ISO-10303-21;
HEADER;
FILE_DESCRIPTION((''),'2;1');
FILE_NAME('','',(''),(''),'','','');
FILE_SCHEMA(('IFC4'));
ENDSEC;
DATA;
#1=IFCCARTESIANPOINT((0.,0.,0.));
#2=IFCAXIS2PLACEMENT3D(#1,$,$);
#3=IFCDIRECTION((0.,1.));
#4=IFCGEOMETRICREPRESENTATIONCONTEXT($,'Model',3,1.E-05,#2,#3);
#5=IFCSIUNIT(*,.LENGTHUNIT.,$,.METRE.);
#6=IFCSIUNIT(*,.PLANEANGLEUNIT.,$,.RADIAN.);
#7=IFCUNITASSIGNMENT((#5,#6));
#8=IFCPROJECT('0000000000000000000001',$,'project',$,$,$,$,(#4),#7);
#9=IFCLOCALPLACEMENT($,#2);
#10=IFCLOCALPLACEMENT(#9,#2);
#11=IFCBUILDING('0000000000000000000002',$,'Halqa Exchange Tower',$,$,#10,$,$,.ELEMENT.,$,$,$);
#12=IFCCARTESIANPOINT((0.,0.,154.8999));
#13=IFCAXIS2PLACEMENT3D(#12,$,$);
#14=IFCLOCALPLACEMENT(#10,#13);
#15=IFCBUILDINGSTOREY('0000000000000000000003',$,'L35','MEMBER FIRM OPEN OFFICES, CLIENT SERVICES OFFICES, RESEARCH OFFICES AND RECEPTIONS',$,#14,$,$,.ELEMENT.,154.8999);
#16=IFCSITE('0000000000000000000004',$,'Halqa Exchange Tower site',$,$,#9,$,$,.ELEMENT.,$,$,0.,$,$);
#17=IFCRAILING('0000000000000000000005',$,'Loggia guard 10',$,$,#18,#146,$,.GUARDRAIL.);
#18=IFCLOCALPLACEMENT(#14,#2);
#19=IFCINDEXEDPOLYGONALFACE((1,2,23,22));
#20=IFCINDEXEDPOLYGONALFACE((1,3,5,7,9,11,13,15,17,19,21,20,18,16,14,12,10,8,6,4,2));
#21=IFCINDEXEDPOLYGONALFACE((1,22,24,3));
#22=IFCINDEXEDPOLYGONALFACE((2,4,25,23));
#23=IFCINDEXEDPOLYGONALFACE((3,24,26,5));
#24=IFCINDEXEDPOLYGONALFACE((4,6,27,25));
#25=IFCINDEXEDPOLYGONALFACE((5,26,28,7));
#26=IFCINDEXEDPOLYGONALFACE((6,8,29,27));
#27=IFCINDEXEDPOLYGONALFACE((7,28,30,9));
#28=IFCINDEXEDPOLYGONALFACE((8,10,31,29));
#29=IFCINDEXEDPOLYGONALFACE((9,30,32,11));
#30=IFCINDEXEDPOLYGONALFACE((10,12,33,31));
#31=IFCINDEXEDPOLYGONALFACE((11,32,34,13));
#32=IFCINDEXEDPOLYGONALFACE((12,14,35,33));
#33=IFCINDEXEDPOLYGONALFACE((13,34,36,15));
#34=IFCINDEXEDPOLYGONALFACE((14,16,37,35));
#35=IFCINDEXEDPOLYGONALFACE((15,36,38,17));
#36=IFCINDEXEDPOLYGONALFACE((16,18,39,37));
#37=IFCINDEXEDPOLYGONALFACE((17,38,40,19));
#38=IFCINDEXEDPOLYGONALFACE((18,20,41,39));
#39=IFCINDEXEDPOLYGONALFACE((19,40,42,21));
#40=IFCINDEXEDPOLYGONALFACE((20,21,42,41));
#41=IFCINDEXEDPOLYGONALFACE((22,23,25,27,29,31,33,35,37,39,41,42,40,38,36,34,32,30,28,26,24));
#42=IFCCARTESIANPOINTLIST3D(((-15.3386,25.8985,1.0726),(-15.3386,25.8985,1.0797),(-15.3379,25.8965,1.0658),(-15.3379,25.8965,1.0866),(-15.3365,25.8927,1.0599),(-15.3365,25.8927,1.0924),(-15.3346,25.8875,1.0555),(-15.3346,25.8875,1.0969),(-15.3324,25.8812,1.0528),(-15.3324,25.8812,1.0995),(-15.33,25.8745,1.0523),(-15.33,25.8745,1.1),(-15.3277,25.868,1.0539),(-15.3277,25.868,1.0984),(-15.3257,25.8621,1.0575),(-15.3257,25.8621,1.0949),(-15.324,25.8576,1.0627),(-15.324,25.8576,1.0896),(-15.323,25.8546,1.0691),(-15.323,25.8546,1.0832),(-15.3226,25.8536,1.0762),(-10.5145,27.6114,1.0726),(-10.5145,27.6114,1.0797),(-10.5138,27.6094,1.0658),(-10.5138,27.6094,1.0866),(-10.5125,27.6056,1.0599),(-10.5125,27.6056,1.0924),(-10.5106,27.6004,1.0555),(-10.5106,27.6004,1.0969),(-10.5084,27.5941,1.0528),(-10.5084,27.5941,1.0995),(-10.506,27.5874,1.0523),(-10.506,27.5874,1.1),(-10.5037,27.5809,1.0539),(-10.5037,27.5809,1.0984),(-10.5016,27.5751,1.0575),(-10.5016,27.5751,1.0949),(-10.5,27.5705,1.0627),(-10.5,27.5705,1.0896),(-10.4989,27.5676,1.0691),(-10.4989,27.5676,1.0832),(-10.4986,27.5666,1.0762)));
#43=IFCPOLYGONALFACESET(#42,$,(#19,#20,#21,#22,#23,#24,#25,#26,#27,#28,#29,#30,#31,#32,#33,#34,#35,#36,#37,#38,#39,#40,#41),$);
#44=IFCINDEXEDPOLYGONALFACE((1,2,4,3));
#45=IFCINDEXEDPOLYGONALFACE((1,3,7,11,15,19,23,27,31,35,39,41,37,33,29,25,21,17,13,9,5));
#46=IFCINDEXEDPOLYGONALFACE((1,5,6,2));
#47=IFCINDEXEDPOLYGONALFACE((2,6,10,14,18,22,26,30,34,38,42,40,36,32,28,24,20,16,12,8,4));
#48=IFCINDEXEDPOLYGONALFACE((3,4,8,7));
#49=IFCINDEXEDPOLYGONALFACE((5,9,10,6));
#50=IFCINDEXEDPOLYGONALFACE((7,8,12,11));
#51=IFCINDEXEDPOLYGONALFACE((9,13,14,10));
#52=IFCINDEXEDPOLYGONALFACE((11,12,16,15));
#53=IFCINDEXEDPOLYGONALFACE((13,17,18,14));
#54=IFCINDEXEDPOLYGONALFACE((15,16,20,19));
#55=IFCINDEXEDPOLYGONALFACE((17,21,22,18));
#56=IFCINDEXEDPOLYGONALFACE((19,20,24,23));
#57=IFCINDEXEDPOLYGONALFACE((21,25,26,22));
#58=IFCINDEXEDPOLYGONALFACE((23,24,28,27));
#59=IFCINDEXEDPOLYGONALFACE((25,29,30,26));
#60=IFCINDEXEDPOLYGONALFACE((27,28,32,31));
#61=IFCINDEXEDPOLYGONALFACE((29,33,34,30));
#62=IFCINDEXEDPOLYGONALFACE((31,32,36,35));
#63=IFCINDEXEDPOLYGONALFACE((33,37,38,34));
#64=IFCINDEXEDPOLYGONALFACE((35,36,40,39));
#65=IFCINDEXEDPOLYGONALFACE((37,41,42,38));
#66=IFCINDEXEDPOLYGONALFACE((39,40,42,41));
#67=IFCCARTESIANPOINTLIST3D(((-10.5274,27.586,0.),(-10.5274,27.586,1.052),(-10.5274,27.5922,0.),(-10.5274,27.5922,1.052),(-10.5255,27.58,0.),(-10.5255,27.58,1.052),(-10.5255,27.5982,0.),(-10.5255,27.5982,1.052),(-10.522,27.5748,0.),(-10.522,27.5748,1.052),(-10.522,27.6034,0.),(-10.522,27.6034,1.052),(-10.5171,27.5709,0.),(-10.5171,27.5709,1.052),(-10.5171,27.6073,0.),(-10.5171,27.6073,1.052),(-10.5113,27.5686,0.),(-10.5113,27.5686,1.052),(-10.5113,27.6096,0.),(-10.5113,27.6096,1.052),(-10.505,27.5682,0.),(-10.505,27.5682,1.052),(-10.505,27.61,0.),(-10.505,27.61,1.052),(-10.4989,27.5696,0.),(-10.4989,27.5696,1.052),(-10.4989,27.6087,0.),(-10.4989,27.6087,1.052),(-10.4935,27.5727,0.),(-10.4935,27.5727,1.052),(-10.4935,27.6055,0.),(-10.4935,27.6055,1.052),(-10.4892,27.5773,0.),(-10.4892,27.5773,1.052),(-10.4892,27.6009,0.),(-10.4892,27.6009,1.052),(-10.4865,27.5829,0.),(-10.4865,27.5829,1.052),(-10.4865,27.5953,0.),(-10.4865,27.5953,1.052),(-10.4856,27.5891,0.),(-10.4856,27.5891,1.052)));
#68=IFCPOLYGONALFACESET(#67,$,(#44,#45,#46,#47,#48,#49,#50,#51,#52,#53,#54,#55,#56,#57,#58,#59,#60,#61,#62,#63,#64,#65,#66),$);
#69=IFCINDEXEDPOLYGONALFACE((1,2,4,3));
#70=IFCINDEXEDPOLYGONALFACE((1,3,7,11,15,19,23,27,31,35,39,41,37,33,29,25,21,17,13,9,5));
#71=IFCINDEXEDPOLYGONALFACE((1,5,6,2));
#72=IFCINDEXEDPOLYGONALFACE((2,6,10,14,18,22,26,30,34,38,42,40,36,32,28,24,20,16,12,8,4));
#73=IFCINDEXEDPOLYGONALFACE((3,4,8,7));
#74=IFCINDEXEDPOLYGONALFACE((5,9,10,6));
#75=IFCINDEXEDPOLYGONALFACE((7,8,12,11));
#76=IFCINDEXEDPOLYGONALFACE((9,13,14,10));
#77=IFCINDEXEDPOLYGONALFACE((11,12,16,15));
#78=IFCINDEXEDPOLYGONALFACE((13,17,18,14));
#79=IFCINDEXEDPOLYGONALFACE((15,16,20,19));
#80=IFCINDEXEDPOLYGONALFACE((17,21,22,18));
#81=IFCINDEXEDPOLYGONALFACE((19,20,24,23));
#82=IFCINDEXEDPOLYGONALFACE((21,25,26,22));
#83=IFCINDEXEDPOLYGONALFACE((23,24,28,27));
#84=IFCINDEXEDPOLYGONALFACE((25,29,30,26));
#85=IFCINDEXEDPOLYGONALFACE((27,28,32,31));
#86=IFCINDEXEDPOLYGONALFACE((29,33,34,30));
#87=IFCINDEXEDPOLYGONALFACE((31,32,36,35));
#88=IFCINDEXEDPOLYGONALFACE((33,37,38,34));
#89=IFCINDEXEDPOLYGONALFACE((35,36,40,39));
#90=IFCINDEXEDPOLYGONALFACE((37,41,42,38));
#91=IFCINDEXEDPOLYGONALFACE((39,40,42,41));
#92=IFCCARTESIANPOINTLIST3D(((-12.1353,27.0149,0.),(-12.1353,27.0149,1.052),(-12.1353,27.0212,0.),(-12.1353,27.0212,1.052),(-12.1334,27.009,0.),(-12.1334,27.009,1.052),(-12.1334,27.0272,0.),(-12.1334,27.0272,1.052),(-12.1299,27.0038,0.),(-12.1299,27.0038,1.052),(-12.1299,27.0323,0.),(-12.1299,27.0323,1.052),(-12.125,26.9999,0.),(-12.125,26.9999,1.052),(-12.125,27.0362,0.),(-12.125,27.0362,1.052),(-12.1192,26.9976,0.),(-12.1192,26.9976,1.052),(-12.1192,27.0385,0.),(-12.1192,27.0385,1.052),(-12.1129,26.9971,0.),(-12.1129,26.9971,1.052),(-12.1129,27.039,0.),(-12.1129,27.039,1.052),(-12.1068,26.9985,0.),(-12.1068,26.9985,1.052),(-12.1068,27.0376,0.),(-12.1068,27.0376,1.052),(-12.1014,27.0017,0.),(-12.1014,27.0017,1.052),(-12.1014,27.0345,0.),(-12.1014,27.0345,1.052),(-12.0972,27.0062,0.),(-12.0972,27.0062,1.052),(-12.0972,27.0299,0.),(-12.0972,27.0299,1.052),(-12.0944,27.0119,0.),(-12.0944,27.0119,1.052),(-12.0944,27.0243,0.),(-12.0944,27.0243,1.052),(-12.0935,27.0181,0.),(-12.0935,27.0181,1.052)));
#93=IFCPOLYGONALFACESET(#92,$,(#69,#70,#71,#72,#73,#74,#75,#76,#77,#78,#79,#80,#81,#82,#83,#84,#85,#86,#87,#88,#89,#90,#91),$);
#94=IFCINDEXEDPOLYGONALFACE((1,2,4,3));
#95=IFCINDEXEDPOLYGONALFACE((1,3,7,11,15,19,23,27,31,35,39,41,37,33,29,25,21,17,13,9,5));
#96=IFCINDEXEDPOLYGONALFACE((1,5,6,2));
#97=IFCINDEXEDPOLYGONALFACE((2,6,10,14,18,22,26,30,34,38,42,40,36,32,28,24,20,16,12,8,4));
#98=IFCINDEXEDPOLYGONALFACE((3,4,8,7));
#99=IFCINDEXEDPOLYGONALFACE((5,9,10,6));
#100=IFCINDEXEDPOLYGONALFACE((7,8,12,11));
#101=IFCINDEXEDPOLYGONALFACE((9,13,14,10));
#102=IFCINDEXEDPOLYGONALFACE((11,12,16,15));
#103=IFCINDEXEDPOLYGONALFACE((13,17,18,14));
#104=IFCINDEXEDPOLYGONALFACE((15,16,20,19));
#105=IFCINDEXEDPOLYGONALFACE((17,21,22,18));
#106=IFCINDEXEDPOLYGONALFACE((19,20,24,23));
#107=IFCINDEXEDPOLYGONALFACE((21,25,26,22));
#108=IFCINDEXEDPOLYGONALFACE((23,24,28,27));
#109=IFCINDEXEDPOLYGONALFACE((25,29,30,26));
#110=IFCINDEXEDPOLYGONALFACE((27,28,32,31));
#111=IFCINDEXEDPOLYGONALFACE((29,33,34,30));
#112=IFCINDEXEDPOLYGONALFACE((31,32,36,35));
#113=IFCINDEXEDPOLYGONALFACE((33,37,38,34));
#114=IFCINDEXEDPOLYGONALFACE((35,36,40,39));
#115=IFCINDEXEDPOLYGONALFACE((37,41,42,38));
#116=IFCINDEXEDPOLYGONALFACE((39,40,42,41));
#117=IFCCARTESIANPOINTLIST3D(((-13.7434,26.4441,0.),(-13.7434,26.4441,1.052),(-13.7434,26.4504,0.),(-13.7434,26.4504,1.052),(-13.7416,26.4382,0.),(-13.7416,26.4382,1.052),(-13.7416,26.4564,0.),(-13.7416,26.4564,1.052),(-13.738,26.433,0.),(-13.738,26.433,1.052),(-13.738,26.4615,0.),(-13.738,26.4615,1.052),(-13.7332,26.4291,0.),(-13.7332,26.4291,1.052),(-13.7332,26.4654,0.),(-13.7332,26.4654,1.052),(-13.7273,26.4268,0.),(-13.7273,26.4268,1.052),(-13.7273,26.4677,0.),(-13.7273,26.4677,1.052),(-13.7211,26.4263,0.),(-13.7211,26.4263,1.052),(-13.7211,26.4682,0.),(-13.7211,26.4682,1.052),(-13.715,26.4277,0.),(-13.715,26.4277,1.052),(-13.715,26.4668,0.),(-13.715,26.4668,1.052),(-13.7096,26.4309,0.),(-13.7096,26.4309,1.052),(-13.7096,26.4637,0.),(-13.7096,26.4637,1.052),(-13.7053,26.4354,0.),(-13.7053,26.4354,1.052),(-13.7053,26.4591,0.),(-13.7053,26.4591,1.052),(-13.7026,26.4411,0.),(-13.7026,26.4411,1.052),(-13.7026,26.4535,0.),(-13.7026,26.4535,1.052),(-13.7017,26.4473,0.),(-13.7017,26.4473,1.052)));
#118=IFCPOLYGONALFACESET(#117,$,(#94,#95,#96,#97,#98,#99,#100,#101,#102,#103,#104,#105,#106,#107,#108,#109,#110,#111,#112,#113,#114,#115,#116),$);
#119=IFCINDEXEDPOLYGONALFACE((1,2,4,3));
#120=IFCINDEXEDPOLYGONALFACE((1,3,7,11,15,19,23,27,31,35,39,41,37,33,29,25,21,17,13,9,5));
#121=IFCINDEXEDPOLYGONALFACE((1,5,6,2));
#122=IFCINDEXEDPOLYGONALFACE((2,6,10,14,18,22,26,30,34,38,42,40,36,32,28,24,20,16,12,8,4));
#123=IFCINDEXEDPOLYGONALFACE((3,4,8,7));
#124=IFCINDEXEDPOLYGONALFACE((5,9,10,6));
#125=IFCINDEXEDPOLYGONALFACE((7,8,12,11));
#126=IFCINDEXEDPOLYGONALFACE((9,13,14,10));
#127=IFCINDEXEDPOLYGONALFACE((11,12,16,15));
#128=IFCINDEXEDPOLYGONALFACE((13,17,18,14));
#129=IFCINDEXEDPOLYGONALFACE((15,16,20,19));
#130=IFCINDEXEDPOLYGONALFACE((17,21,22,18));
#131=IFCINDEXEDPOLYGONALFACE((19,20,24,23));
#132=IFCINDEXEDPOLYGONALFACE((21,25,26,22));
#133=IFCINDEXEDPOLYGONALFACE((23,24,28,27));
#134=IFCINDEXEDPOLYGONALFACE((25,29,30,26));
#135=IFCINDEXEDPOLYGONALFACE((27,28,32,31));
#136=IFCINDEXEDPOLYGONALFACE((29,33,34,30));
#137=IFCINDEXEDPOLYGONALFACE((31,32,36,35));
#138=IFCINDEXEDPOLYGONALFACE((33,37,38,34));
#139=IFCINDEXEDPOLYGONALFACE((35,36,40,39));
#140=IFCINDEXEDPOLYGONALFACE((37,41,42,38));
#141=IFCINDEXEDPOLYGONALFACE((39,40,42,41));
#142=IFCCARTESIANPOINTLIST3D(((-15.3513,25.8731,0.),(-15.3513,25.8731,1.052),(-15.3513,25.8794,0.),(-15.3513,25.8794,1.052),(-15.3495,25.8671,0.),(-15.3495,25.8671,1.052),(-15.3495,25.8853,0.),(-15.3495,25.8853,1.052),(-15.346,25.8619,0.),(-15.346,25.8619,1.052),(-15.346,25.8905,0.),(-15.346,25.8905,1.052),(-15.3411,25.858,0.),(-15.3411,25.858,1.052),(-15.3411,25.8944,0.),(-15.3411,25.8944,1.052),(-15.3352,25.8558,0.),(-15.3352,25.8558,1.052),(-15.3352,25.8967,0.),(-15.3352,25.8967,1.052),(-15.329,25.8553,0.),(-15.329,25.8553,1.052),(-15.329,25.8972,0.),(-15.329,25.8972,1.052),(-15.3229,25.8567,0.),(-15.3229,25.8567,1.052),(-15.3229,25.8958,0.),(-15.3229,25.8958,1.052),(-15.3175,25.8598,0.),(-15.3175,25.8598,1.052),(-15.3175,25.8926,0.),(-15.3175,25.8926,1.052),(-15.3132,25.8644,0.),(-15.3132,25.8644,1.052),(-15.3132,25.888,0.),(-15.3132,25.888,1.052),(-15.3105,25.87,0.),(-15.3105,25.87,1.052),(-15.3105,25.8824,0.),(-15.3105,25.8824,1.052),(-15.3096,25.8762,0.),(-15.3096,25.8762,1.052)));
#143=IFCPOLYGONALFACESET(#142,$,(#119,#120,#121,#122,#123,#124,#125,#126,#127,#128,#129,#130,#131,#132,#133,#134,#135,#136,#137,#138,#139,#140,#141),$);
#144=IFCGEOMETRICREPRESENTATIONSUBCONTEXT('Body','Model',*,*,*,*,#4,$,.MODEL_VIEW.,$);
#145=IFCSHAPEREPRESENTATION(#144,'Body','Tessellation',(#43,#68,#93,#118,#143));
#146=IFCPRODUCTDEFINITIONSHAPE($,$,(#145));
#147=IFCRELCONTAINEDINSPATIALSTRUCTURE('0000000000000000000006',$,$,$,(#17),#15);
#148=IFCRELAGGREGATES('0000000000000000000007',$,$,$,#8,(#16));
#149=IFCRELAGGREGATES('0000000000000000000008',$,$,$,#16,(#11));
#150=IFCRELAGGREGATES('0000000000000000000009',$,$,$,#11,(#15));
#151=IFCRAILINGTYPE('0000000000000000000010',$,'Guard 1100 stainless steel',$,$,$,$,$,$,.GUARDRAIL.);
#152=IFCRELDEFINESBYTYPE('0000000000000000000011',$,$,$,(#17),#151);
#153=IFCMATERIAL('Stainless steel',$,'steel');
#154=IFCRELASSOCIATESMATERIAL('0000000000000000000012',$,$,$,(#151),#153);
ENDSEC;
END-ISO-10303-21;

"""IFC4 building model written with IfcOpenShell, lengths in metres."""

from ifc_helpers import new_model, si_unit, direction, frame, origin, origin_2d, place, context, subcontext, project, spatial, circle, extrude, material, type_object, element, save


model = new_model("IFC4")

# Units and contexts
model_context = context("Model", 3, precision=1e-05, world=origin(), true_north=direction((0.0, 1.0)))
body_context = subcontext(model_context, "Body", "Model", "MODEL_VIEW")
ifc_project = project(units=[si_unit("LENGTHUNIT", "METRE"), si_unit("PLANEANGLEUNIT", "RADIAN")], contexts=[model_context])

# Site, building, storey
site_placement = place(None, origin())
site = spatial("IfcSite", under=ifc_project, at=site_placement, Name="Halqa Exchange Tower site", CompositionType="ELEMENT", RefElevation=0.0)
building_placement = place(site_placement, origin())
building = spatial("IfcBuilding", under=site, at=building_placement, Name="Halqa Exchange Tower", CompositionType="ELEMENT")
storey_placement = place(building_placement, frame((0.0, 0.0, 154.8999)))
storey = spatial("IfcBuildingStorey", under=building, at=storey_placement, Name="L35", Description="MEMBER FIRM OPEN OFFICES, CLIENT SERVICES OFFICES, RESEARCH OFFICES AND RECEPTIONS", CompositionType="ELEMENT", Elevation=154.8999)

# Railing
ifc_material_1 = material(Name="Stainless steel", Category="steel")
railing_type_1 = type_object("IfcRailingType", Name="Guard 1100 stainless steel", PredefinedType="GUARDRAIL", material=ifc_material_1)
railing_1_placement = place(storey_placement, frame((-10.5066, 27.5891, 0.0)))
element("IfcRailing", 1, at=railing_1_placement, inside=storey, type_object=railing_type_1, Name="Loggia guard 10", PredefinedType="GUARDRAIL", context=body_context, shape_type="SweptSolid", body=[
    extrude(circle(Radius=0.0239, at=origin_2d()), frame((0.0, 0.0, 1.0762), z_axis=(-0.942356, -0.334611, 0.0), x_axis=(0.334611, -0.942356, 0.0)), (0.0, 0.0, 1.0), 5.1191),
    extrude(circle(Radius=0.021, at=origin_2d()), origin(), (0.0, 0.0, 1.0), 1.052),
    extrude(circle(Radius=0.021, at=origin_2d()), frame((-1.6079, -0.571, 0.0)), (0.0, 0.0, 1.0), 1.052),
    extrude(circle(Radius=0.021, at=origin_2d()), frame((-3.2161, -1.1418, 0.0)), (0.0, 0.0, 1.0), 1.052),
    extrude(circle(Radius=0.021, at=origin_2d()), frame((-4.824, -1.7129, 0.0)), (0.0, 0.0, 1.0), 1.052),
])

save(model, "model.ifc")
